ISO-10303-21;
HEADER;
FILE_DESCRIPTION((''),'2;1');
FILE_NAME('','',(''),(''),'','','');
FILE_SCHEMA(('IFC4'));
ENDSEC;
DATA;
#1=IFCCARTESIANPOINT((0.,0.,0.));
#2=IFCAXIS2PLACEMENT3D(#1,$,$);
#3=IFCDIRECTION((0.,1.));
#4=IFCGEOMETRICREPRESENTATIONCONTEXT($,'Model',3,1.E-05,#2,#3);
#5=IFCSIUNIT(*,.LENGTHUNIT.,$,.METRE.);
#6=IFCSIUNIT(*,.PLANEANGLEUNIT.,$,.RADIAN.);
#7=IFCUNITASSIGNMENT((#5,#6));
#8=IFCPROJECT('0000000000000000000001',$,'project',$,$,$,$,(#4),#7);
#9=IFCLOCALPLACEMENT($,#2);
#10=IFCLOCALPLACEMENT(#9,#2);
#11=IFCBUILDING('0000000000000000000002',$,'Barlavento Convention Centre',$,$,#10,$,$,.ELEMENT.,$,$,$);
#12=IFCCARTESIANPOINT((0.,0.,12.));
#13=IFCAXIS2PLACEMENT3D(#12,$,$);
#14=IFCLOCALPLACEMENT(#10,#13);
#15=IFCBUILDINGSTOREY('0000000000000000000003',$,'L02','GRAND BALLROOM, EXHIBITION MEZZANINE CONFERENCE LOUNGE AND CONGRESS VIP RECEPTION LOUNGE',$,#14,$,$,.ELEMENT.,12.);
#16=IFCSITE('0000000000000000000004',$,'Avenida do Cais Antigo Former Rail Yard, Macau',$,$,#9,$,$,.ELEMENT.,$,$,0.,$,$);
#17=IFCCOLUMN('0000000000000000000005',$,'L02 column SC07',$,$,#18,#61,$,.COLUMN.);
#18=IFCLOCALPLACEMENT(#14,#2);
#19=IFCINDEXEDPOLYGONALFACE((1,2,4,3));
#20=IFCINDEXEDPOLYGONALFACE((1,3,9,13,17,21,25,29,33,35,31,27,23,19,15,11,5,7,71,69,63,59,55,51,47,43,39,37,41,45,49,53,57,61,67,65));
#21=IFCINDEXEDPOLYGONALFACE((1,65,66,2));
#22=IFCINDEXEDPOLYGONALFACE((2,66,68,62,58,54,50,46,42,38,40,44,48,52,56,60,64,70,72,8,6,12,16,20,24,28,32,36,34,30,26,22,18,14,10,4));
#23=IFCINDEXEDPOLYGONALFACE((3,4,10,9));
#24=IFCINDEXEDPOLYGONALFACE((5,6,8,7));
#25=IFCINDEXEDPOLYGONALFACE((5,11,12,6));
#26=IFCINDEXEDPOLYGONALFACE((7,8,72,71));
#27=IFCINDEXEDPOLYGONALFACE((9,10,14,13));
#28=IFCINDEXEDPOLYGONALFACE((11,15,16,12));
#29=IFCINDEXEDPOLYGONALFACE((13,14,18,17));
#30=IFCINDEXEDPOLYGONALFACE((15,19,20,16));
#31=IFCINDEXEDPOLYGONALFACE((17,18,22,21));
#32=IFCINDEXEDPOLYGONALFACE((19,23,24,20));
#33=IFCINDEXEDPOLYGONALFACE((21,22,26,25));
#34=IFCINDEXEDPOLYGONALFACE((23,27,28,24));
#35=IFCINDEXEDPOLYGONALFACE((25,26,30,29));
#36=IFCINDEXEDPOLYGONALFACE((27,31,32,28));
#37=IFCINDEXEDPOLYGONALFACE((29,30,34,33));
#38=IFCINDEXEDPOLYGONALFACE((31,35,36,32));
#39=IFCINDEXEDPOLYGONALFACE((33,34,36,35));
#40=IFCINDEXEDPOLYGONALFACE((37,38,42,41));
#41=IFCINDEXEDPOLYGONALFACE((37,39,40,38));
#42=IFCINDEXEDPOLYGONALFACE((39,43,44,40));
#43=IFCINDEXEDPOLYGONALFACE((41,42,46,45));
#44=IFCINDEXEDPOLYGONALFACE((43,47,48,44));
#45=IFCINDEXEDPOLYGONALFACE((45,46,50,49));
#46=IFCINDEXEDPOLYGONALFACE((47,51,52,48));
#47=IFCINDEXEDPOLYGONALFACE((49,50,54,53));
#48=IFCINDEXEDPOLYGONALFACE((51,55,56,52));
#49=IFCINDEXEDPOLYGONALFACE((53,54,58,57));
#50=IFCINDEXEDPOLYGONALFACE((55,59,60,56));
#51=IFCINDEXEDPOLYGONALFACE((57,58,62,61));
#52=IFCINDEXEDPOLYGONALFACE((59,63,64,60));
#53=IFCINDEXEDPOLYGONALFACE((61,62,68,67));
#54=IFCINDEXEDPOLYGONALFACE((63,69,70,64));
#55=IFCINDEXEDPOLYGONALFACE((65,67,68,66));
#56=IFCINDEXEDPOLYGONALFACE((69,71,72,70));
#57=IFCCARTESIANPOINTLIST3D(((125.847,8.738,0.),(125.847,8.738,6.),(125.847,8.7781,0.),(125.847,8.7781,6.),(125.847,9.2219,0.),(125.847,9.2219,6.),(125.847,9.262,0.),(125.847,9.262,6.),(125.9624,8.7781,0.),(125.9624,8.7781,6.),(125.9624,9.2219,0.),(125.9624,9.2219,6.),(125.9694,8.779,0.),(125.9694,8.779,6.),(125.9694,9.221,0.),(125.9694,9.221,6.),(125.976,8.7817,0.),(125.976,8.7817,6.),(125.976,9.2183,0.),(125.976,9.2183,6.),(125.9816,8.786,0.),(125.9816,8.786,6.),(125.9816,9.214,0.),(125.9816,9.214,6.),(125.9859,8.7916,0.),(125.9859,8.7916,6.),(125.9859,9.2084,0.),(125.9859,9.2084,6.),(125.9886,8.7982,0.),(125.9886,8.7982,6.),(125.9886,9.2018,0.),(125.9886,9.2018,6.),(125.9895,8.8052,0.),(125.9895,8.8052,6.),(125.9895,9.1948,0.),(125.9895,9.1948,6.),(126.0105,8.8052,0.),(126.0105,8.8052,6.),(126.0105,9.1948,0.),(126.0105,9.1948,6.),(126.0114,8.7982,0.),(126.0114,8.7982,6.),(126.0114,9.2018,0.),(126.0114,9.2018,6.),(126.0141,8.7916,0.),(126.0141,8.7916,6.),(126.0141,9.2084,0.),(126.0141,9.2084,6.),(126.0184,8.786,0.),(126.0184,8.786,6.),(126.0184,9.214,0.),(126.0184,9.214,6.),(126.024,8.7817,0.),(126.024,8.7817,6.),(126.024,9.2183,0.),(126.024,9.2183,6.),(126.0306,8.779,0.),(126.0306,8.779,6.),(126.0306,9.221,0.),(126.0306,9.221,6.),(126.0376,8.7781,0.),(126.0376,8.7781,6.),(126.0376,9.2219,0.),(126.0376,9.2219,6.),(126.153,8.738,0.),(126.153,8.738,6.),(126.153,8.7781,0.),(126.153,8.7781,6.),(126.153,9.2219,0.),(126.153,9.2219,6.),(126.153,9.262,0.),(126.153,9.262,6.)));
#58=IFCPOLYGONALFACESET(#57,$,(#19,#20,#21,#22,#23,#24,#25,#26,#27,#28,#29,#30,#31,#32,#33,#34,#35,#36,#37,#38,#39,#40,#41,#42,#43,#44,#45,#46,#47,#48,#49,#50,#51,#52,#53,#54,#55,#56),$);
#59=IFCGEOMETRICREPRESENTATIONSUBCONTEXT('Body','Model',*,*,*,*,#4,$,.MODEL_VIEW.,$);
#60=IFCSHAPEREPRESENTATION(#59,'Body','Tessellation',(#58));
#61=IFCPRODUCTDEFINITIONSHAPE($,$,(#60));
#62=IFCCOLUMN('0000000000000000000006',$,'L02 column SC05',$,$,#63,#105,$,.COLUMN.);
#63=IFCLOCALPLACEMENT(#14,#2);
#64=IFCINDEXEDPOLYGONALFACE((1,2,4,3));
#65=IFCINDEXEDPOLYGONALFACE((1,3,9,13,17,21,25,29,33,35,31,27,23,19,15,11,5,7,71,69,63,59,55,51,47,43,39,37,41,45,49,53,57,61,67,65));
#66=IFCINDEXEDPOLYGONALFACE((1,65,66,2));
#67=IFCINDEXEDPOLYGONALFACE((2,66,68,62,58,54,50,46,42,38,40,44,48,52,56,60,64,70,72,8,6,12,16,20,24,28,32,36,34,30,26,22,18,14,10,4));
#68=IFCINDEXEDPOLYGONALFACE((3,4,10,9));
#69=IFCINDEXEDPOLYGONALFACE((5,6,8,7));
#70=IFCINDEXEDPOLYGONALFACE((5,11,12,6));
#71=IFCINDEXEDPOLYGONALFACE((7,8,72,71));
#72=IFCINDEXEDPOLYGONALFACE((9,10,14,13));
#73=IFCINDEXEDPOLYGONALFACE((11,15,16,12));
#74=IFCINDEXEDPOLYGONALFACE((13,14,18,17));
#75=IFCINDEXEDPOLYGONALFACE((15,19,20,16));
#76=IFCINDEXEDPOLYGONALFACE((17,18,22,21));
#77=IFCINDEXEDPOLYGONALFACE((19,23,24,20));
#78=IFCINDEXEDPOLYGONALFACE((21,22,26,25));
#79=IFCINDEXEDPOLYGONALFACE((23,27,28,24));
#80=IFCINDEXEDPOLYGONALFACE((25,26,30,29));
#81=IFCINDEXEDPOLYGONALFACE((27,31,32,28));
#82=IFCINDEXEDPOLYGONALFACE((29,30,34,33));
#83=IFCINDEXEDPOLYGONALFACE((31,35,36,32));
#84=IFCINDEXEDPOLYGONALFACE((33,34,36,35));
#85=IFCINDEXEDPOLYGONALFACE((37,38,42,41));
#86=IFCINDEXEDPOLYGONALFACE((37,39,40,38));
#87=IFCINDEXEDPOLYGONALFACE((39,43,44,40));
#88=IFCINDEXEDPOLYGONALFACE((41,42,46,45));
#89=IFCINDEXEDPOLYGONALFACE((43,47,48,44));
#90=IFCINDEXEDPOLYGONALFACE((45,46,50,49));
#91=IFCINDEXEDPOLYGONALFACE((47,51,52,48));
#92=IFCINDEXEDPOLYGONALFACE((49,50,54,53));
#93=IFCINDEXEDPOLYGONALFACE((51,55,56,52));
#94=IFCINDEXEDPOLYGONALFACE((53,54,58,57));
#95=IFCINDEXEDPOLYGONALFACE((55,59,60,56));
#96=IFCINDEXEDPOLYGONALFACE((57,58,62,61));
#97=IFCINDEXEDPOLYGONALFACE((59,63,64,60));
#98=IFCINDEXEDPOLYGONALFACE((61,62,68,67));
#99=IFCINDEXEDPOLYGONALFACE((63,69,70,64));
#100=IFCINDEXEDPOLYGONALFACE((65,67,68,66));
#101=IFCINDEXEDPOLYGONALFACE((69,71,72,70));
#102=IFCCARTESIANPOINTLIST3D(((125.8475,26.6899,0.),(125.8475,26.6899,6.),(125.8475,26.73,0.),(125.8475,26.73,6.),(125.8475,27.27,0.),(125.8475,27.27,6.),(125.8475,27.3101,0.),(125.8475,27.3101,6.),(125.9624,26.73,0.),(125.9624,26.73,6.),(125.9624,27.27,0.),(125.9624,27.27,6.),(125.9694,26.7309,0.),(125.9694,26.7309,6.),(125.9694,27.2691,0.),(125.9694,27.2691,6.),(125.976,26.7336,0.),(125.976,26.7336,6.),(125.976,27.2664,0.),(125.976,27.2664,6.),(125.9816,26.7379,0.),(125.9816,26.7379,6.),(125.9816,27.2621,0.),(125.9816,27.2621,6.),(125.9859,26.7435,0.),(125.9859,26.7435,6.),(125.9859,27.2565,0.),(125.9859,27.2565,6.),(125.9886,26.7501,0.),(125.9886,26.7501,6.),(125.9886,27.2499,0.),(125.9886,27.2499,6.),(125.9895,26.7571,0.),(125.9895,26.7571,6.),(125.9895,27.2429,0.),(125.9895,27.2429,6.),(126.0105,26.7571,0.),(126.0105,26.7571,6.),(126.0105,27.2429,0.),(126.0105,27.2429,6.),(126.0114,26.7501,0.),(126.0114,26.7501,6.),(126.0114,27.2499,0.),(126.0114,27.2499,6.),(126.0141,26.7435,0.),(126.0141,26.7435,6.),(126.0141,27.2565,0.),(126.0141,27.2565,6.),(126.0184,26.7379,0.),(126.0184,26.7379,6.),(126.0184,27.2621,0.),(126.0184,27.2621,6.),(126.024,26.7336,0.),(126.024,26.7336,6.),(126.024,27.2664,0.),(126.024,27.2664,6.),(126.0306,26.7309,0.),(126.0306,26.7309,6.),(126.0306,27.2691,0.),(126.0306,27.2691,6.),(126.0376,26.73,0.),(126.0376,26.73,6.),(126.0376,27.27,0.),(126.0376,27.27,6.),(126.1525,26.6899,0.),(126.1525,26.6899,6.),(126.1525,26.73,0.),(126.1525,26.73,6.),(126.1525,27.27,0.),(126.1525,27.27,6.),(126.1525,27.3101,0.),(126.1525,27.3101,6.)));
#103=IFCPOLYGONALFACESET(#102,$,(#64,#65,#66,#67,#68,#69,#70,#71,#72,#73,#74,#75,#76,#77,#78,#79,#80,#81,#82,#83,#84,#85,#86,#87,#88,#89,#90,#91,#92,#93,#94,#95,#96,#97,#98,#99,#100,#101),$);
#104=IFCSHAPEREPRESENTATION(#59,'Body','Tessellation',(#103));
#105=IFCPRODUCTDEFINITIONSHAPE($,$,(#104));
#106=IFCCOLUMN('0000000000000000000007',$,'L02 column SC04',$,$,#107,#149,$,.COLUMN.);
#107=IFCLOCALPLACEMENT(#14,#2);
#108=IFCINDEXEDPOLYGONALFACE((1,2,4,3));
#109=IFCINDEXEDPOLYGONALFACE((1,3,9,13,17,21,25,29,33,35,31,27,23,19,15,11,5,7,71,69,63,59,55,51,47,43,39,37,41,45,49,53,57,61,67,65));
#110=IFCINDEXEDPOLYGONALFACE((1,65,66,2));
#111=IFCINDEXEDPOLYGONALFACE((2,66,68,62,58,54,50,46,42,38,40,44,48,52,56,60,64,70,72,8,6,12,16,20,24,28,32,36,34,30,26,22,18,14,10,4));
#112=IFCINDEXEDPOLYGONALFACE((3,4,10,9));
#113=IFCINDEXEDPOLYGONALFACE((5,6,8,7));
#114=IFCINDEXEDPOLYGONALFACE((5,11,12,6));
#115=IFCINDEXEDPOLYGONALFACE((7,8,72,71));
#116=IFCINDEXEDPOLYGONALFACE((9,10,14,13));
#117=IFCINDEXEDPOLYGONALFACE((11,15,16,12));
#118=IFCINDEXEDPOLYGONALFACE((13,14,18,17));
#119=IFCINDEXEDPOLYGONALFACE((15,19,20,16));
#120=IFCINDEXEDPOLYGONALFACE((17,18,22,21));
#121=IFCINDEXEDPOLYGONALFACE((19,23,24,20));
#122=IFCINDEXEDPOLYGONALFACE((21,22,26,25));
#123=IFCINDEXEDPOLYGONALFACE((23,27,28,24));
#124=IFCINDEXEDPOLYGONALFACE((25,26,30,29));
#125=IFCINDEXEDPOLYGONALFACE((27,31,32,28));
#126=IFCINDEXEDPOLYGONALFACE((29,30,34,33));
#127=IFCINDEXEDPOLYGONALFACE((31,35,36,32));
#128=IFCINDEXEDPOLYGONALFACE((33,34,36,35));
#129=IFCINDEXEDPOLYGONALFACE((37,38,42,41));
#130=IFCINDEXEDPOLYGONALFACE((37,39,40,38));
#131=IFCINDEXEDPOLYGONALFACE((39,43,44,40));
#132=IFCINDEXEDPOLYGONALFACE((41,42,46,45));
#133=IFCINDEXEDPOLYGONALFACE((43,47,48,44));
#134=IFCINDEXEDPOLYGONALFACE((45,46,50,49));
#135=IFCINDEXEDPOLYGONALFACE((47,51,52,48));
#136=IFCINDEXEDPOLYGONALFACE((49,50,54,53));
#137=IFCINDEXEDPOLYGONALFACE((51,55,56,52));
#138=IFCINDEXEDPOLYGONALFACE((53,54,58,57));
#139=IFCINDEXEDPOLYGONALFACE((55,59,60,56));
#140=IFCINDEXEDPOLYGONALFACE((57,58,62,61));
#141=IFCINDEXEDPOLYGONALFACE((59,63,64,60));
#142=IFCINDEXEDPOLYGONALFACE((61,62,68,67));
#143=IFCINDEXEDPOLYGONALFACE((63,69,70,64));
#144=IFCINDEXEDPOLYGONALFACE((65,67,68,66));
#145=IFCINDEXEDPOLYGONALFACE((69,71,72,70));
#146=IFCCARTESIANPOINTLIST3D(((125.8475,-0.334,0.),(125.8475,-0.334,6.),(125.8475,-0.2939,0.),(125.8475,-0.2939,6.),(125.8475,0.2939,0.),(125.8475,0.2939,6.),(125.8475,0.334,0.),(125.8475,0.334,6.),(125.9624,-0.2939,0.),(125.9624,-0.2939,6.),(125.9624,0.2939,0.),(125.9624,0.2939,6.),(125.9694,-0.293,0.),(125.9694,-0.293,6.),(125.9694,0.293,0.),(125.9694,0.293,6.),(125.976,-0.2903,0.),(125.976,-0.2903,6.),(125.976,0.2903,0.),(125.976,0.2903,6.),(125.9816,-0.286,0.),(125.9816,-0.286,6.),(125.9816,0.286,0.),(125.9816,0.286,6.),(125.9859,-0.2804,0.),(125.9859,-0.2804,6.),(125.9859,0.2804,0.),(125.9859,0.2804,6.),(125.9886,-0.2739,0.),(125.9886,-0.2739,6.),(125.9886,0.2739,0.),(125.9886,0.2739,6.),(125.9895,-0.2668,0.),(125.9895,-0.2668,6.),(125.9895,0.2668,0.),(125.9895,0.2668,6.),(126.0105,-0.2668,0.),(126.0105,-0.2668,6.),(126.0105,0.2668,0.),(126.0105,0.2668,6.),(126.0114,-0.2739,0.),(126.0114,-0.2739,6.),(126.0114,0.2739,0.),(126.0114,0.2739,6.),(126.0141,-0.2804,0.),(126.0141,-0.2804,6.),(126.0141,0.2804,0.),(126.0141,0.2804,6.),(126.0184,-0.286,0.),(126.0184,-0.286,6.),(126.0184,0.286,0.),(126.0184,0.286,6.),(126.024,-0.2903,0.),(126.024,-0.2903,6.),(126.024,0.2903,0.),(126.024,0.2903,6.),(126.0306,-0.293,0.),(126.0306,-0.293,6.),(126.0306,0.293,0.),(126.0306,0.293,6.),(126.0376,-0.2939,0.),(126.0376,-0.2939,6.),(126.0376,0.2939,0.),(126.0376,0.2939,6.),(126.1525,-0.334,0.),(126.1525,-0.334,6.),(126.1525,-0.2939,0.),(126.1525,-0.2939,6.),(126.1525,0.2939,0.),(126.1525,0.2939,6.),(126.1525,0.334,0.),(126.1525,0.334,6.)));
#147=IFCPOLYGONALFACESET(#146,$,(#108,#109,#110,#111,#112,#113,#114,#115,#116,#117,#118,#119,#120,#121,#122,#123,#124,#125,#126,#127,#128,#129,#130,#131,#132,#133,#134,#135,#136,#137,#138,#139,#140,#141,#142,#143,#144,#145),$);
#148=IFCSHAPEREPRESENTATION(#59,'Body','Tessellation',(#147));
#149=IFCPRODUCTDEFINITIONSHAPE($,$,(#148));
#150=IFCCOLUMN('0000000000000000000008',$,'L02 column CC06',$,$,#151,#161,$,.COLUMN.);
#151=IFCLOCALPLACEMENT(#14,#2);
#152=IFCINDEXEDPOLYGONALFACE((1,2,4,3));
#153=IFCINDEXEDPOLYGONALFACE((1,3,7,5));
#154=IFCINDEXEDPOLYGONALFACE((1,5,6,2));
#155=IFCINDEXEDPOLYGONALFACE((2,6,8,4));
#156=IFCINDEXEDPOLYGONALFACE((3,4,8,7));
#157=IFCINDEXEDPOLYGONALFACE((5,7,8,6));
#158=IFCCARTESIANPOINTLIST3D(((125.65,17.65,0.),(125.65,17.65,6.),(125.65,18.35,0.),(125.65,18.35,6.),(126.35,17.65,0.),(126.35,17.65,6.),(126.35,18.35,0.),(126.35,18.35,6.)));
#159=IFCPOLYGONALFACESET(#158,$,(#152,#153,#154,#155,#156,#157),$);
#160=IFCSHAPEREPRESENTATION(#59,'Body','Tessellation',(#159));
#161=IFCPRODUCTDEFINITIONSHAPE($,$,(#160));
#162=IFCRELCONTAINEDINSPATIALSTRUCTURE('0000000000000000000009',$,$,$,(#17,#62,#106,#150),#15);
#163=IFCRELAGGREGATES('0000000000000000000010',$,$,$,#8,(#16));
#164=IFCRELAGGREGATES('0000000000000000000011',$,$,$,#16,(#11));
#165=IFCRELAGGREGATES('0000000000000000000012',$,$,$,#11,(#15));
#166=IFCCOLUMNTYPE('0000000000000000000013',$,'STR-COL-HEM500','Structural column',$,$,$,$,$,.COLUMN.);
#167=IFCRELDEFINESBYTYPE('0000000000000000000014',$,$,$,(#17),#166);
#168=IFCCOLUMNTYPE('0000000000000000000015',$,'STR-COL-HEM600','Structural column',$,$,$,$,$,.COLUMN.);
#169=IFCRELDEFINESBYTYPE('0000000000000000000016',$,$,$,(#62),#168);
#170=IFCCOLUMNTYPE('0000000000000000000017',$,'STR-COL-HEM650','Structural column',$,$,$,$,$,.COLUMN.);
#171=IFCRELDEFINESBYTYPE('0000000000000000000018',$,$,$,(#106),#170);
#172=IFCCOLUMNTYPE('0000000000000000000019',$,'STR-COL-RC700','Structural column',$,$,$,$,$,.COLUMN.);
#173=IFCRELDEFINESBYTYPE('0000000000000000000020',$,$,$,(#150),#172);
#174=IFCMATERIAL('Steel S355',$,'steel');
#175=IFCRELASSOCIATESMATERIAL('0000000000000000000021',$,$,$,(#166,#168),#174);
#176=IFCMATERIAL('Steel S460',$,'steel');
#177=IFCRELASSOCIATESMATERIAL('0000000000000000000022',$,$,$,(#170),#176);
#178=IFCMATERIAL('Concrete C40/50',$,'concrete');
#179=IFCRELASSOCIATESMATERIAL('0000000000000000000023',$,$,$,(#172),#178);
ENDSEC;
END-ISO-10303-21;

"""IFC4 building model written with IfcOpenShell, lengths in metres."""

from ifc_helpers import new_model, si_unit, direction, frame, origin, origin_2d, place, context, subcontext, project, spatial, rectangle, i_section, extrude, material, material_profile, profile_set, type_object, element, save


model = new_model("IFC4")

# Units and contexts
model_context = context("Model", 3, precision=1e-05, world=origin(), true_north=direction((0.0, 1.0)))
body_context = subcontext(model_context, "Body", "Model", "MODEL_VIEW")
ifc_project = project(units=[si_unit("LENGTHUNIT", "METRE"), si_unit("PLANEANGLEUNIT", "RADIAN")], contexts=[model_context])

# Site, building, storey
site_placement = place(None, origin())
site = spatial("IfcSite", under=ifc_project, at=site_placement, Name="Avenida do Cais Antigo Former Rail Yard, Macau", CompositionType="ELEMENT", RefElevation=0.0)
building_placement = place(site_placement, origin())
building = spatial("IfcBuilding", under=site, at=building_placement, Name="Barlavento Convention Centre", CompositionType="ELEMENT")
storey_placement = place(building_placement, frame((0.0, 0.0, 12.0)))
storey = spatial("IfcBuildingStorey", under=building, at=storey_placement, Name="L02", Description="GRAND BALLROOM, EXHIBITION MEZZANINE CONFERENCE LOUNGE AND CONGRESS VIP RECEPTION LOUNGE", CompositionType="ELEMENT", Elevation=12.0)

# Columns
ifc_material_1 = material(Name="Steel S355", Category="steel")
ifc_material_profile_1 = material_profile(ifc_material_1, i_section(OverallWidth=0.3059, OverallDepth=0.5239, WebThickness=0.021, FlangeThickness=0.04, FilletRadius=0.0271, at=origin_2d()), Name="HEM 500")
ifc_profile_set_1 = profile_set([ifc_material_profile_1], Name="Steel S355")
column_type_1 = type_object("IfcColumnType", Name="STR-COL-HEM500", Description="Structural column", PredefinedType="COLUMN", material=ifc_profile_set_1)
column_1_placement = place(storey_placement, frame((126.0, 9.0, 0.0), z_axis=(0.0, 0.0, 1.0), x_axis=(1.0, 0.0, 0.0)))
element("IfcColumn", 1, at=column_1_placement, inside=storey, type_object=column_type_1, Name="L02 column SC07", PredefinedType="COLUMN", context=body_context, shape_type="SweptSolid", body=[
    extrude(i_section(OverallWidth=0.3059, OverallDepth=0.5239, WebThickness=0.021, FlangeThickness=0.04, FilletRadius=0.0271, at=origin_2d()), origin(), (0.0, 0.0, 1.0), 6.0),
])
ifc_material_profile_2 = material_profile(ifc_material_1, i_section(OverallWidth=0.3049, OverallDepth=0.6201, WebThickness=0.021, FlangeThickness=0.04, FilletRadius=0.0271, at=origin_2d()), Name="HEM 600")
ifc_profile_set_2 = profile_set([ifc_material_profile_2], Name="Steel S355")
column_type_2 = type_object("IfcColumnType", Name="STR-COL-HEM600", Description="Structural column", PredefinedType="COLUMN", material=ifc_profile_set_2)
column_2_placement = place(storey_placement, frame((126.0, 27.0, 0.0), z_axis=(0.0, 0.0, 1.0), x_axis=(1.0, 0.0, 0.0)))
element("IfcColumn", 2, at=column_2_placement, inside=storey, type_object=column_type_2, Name="L02 column SC05", PredefinedType="COLUMN", context=body_context, shape_type="SweptSolid", body=[
    extrude(i_section(OverallWidth=0.3049, OverallDepth=0.6201, WebThickness=0.021, FlangeThickness=0.04, FilletRadius=0.0271, at=origin_2d()), origin(), (0.0, 0.0, 1.0), 6.0),
])
ifc_material_2 = material(Name="Steel S460", Category="steel")
ifc_material_profile_3 = material_profile(ifc_material_2, i_section(OverallWidth=0.3049, OverallDepth=0.668, WebThickness=0.021, FlangeThickness=0.04, FilletRadius=0.0271, at=origin_2d()), Name="HEM 650")
ifc_profile_set_3 = profile_set([ifc_material_profile_3], Name="Steel S460")
column_type_3 = type_object("IfcColumnType", Name="STR-COL-HEM650", Description="Structural column", PredefinedType="COLUMN", material=ifc_profile_set_3)
column_3_placement = place(storey_placement, frame((126.0, 0.0, 0.0), z_axis=(0.0, 0.0, 1.0), x_axis=(1.0, 0.0, 0.0)))
element("IfcColumn", 3, at=column_3_placement, inside=storey, type_object=column_type_3, Name="L02 column SC04", PredefinedType="COLUMN", context=body_context, shape_type="SweptSolid", body=[
    extrude(i_section(OverallWidth=0.3049, OverallDepth=0.668, WebThickness=0.021, FlangeThickness=0.04, FilletRadius=0.0271, at=origin_2d()), origin(), (0.0, 0.0, 1.0), 6.0),
])
ifc_material_3 = material(Name="Concrete C40/50", Category="concrete")
ifc_material_profile_4 = material_profile(ifc_material_3, rectangle(XDim=0.7, YDim=0.7, at=origin_2d()), Name="RC 700x700")
ifc_profile_set_4 = profile_set([ifc_material_profile_4], Name="Concrete C40/50")
column_type_4 = type_object("IfcColumnType", Name="STR-COL-RC700", Description="Structural column", PredefinedType="COLUMN", material=ifc_profile_set_4)
column_4_placement = place(storey_placement, frame((126.0, 18.0, 0.0), z_axis=(0.0, 0.0, 1.0), x_axis=(1.0, 0.0, 0.0)))
element("IfcColumn", 4, at=column_4_placement, inside=storey, type_object=column_type_4, Name="L02 column CC06", PredefinedType="COLUMN", context=body_context, shape_type="SweptSolid", body=[
    extrude(rectangle(XDim=0.7, YDim=0.7, at=origin_2d()), origin(), (0.0, 0.0, 1.0), 6.0),
])

save(model, "model.ifc")
